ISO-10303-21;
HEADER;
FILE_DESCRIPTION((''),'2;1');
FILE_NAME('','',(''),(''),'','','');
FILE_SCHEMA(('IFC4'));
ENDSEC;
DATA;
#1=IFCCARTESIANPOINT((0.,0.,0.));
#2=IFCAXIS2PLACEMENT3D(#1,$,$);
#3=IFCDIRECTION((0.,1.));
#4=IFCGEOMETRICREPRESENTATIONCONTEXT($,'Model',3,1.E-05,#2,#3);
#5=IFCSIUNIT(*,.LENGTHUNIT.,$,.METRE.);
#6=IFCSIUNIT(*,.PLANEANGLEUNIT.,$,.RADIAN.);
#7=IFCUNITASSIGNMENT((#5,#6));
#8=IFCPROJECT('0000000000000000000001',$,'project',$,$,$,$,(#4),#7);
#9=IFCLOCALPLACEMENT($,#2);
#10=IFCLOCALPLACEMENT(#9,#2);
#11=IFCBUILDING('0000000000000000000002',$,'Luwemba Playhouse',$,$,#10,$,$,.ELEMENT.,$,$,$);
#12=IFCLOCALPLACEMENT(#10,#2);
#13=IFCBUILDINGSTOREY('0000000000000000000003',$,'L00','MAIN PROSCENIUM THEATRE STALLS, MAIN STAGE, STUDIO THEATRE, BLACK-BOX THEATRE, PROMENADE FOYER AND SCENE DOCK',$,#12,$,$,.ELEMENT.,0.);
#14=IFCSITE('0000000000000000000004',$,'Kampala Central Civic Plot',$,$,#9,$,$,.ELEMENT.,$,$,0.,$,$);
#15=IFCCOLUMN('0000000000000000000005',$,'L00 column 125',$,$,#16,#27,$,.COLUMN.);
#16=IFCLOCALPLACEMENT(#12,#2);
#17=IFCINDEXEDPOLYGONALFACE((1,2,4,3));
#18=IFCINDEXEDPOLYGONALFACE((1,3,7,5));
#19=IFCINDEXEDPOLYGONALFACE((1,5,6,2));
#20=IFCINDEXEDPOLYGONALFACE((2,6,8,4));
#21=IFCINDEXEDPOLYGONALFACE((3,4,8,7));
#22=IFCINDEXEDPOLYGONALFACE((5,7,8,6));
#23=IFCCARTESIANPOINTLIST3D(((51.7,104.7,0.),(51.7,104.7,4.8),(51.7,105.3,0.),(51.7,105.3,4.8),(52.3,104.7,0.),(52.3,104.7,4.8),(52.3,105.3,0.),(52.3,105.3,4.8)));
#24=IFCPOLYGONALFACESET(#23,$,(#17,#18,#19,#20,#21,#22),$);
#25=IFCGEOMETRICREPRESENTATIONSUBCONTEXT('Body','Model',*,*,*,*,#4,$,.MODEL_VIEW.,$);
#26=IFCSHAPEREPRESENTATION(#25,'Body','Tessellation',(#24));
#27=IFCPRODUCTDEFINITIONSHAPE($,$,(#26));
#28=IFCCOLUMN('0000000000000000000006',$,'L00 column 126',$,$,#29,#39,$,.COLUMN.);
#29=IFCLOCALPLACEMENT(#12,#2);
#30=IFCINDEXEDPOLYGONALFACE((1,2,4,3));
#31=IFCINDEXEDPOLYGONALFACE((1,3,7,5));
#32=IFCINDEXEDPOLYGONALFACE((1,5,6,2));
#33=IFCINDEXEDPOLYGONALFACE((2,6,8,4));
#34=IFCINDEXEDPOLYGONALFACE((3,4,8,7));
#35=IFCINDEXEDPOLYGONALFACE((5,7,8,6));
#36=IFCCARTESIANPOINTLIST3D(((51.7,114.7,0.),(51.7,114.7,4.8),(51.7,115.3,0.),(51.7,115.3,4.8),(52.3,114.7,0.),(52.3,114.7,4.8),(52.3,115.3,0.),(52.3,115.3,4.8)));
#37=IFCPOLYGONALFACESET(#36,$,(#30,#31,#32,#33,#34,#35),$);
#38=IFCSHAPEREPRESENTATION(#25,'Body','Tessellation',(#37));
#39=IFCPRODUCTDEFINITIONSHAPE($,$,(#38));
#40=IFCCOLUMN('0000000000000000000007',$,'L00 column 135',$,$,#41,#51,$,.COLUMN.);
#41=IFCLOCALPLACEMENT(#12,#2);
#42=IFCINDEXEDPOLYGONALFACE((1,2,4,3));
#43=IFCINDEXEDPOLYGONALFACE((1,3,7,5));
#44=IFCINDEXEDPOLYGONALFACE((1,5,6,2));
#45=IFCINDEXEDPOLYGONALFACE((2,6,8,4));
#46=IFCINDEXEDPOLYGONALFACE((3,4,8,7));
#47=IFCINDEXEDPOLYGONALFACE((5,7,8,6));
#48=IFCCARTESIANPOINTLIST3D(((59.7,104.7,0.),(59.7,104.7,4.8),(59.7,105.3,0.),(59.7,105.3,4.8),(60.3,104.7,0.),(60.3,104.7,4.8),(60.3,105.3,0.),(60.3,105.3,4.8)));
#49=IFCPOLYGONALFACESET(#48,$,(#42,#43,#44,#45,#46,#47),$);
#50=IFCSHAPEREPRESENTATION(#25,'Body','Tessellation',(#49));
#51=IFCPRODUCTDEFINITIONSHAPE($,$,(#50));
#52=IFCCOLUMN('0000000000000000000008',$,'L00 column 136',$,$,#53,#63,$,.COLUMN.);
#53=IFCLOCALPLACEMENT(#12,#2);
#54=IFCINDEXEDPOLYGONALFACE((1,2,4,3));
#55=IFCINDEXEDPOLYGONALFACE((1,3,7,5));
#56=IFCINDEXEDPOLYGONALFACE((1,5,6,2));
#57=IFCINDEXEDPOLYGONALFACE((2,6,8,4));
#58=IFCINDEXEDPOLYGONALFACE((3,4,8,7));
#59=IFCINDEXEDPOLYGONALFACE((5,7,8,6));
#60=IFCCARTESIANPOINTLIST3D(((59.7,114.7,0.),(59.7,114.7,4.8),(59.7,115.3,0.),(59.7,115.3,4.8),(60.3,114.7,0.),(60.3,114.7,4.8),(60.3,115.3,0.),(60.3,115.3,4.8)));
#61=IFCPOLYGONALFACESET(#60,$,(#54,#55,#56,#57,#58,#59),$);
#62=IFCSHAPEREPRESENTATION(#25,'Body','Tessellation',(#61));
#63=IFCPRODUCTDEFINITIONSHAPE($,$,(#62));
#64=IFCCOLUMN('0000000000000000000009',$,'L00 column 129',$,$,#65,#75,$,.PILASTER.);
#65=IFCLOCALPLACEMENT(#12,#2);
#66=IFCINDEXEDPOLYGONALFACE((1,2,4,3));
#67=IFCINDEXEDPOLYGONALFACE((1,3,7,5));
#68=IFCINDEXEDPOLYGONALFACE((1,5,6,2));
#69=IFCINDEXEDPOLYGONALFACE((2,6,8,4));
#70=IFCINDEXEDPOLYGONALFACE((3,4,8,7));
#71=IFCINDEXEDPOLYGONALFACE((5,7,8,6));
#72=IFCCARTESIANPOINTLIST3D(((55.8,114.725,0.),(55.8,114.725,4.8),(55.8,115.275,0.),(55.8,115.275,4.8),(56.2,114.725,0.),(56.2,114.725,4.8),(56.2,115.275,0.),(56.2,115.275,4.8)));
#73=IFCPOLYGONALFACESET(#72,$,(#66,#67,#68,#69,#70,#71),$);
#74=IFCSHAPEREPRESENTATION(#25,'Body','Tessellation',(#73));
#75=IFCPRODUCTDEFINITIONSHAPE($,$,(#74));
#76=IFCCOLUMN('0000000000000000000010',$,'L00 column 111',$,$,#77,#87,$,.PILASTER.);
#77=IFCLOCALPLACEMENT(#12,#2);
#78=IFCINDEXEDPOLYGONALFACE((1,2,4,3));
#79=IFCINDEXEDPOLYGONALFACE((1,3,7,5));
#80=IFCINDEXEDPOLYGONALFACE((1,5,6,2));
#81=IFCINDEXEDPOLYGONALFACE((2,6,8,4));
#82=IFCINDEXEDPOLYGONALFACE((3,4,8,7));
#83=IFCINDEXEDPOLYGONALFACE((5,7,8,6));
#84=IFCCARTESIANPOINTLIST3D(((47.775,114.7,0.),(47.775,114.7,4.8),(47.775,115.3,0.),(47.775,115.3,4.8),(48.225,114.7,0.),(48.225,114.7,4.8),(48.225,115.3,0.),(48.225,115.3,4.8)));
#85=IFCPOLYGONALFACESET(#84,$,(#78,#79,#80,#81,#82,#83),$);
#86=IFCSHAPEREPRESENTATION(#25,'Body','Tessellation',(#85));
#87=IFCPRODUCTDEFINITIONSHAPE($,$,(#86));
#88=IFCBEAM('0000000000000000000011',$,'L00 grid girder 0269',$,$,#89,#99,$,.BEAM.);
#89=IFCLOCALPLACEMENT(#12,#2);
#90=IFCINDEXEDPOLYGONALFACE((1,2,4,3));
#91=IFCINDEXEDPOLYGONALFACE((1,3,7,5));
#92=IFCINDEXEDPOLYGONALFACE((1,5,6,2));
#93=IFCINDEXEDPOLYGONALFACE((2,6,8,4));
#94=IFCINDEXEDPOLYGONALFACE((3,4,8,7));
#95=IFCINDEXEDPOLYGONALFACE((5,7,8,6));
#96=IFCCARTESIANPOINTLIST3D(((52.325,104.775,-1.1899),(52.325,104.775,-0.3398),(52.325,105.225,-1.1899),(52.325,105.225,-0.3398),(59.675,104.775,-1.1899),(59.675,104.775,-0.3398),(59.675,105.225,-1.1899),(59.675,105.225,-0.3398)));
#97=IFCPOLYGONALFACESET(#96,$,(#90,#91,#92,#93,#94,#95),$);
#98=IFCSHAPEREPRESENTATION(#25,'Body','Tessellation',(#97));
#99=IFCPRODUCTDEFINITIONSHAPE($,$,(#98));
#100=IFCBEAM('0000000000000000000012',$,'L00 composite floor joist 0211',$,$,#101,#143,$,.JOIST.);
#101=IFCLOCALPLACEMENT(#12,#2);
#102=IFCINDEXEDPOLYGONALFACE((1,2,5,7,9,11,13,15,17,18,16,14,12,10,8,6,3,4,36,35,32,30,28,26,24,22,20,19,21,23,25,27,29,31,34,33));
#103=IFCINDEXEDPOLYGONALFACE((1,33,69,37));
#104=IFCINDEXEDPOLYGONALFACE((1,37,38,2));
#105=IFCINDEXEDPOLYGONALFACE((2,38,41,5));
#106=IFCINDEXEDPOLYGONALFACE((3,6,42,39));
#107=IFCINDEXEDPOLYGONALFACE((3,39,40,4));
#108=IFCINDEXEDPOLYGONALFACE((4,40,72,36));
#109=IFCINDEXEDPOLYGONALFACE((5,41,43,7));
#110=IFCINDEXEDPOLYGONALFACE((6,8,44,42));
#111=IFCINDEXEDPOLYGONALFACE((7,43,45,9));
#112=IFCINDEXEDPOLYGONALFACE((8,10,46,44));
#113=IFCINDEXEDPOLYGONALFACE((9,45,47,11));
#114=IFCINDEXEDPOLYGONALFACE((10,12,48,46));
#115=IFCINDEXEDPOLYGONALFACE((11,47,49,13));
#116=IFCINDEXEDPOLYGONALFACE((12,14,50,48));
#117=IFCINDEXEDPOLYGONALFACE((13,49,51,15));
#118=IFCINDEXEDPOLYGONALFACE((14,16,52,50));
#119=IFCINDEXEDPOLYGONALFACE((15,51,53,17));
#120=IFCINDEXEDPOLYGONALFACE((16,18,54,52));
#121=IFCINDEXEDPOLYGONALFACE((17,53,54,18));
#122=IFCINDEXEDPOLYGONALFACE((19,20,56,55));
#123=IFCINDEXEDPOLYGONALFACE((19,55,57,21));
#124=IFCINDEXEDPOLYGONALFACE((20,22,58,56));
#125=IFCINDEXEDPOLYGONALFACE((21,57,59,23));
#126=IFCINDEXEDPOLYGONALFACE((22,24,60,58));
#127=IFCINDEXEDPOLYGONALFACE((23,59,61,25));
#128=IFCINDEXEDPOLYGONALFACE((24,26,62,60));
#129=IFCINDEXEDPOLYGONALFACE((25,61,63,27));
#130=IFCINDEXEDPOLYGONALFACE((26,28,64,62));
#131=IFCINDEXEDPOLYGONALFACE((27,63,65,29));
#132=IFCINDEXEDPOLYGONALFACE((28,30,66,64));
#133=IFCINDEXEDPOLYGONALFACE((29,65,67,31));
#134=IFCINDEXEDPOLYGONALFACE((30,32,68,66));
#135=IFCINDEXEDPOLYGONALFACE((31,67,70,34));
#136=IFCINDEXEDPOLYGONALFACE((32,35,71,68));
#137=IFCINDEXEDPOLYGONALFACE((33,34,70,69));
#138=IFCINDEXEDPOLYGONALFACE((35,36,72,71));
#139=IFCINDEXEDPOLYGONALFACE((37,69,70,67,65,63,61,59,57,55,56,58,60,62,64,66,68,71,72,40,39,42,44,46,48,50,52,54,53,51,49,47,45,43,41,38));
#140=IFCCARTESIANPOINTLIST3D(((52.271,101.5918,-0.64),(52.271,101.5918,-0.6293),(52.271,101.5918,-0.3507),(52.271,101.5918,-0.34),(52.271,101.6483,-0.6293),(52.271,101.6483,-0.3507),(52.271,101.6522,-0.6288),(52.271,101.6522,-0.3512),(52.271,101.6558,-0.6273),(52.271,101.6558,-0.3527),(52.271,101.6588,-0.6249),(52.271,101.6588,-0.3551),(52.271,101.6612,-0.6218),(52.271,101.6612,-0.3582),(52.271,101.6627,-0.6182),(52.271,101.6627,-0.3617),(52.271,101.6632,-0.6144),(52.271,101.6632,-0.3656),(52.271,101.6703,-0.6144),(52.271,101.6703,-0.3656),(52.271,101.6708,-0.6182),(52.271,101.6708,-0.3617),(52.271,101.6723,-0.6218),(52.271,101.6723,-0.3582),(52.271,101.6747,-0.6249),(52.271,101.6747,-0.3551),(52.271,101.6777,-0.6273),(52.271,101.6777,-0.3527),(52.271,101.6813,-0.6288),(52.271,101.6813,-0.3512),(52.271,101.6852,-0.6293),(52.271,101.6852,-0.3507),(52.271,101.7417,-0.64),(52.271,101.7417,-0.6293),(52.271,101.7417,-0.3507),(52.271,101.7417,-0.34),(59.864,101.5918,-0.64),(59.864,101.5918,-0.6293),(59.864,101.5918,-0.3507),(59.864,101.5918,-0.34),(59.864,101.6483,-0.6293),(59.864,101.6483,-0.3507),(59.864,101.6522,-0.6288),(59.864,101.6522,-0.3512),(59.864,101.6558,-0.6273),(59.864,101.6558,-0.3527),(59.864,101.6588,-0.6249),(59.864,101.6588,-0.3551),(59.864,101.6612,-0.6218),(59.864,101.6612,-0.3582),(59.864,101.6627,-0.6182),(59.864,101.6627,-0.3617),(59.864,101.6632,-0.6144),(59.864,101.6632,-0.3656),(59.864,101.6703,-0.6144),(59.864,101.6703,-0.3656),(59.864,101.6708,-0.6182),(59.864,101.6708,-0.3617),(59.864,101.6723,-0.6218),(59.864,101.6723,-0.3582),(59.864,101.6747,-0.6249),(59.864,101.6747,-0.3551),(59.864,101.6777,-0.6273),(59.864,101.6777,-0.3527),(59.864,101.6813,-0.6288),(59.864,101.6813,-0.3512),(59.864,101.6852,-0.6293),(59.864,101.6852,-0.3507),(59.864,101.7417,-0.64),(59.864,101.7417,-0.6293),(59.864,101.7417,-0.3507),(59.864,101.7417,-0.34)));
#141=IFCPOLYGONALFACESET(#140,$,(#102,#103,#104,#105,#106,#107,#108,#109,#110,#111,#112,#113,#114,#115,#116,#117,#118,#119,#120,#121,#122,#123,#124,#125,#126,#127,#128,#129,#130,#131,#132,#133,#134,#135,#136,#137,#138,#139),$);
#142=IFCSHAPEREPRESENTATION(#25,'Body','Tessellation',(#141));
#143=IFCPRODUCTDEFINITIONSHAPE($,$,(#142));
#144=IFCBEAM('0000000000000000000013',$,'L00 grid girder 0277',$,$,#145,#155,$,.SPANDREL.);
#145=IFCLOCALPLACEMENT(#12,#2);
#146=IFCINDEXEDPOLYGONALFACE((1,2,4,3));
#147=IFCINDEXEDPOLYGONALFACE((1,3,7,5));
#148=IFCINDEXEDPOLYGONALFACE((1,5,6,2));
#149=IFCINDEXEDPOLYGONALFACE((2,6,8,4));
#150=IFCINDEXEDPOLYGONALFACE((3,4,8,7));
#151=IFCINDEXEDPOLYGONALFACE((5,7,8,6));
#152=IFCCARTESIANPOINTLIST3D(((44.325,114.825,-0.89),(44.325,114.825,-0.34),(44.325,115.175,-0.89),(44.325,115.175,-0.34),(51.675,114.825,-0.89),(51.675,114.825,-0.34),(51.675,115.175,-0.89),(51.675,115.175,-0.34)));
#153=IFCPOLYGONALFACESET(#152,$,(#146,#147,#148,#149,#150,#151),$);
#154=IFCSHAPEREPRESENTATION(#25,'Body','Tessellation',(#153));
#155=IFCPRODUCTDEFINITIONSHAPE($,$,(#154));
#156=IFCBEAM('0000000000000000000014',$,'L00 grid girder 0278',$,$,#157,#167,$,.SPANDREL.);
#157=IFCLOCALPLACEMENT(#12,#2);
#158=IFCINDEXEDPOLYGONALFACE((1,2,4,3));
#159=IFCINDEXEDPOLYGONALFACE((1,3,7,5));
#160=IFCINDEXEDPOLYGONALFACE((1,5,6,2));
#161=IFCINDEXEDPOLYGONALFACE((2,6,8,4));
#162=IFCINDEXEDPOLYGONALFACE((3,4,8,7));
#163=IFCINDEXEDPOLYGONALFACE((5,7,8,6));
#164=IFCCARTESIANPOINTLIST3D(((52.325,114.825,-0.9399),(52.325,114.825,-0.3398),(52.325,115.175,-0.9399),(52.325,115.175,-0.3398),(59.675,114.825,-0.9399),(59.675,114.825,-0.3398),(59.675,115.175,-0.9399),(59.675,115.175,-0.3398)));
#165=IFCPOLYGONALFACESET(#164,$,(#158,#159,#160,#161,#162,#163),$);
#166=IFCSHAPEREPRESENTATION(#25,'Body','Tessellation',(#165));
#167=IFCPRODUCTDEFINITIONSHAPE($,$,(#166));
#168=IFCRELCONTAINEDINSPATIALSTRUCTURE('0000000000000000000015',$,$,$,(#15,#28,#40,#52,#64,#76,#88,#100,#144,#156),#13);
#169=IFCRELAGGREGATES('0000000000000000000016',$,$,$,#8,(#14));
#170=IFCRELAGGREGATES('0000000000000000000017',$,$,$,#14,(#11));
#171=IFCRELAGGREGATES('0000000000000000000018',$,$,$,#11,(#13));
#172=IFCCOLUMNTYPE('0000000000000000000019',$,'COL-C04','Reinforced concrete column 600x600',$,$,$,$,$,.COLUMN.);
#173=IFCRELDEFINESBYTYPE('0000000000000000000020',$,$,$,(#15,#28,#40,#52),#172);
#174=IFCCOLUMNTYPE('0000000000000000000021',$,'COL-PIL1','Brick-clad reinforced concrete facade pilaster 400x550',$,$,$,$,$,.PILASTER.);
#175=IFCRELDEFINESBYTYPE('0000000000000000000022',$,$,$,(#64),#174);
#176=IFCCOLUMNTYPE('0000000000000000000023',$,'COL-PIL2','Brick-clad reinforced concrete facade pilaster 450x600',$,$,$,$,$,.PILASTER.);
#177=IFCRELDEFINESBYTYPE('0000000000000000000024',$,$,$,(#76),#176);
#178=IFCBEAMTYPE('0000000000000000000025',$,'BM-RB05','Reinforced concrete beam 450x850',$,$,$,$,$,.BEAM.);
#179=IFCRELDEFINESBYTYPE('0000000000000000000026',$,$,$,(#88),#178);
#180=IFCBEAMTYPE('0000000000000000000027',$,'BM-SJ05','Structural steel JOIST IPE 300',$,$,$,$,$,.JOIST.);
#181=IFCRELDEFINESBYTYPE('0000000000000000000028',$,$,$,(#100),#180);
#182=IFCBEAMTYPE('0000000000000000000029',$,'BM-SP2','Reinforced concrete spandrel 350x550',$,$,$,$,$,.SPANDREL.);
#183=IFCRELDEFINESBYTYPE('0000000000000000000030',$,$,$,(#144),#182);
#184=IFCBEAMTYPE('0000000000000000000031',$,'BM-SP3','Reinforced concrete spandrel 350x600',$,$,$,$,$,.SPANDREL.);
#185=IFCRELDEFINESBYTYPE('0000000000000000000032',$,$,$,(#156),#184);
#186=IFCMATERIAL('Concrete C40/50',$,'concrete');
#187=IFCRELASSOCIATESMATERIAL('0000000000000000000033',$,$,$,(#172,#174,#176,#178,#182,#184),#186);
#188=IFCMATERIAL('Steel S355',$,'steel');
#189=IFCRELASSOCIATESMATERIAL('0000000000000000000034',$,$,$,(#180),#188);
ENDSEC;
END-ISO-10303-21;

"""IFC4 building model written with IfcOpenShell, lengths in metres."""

from ifc_helpers import new_model, si_unit, direction, frame, origin, origin_2d, place, context, subcontext, project, spatial, rectangle, i_section, extrude, material, material_profile, profile_set, type_object, element, save


model = new_model("IFC4")

# Units and contexts
model_context = context("Model", 3, precision=1e-05, world=origin(), true_north=direction((0.0, 1.0)))
body_context = subcontext(model_context, "Body", "Model", "MODEL_VIEW")
ifc_project = project(units=[si_unit("LENGTHUNIT", "METRE"), si_unit("PLANEANGLEUNIT", "RADIAN")], contexts=[model_context])

# Site, building, storey
site_placement = place(None, origin())
site = spatial("IfcSite", under=ifc_project, at=site_placement, Name="Kampala Central Civic Plot", CompositionType="ELEMENT", RefElevation=0.0)
building_placement = place(site_placement, origin())
building = spatial("IfcBuilding", under=site, at=building_placement, Name="Luwemba Playhouse", CompositionType="ELEMENT")
storey_placement = place(building_placement, origin())
storey = spatial("IfcBuildingStorey", under=building, at=storey_placement, Name="L00", Description="MAIN PROSCENIUM THEATRE STALLS, MAIN STAGE, STUDIO THEATRE, BLACK-BOX THEATRE, PROMENADE FOYER AND SCENE DOCK", CompositionType="ELEMENT", Elevation=0.0)

# Columns
ifc_material_1 = material(Name="Concrete C40/50", Category="concrete")
ifc_material_profile_1 = material_profile(ifc_material_1, rectangle(XDim=0.6001, YDim=0.6001, at=origin_2d()))
ifc_profile_set_1 = profile_set([ifc_material_profile_1], Name="Concrete C40/50")
column_type_1 = type_object("IfcColumnType", Name="COL-C04", Description="Reinforced concrete column 600x600", PredefinedType="COLUMN", material=ifc_profile_set_1)
for number, where, z_axis, x_axis, name in (
    (1, (52.0, 105.0, 0.0), (0.0, 0.0, 1.0), (1.0, 0.0, 0.0), "L00 column 125"),
    (2, (52.0, 115.0, 0.0), (0.0, 0.0, 1.0), (1.0, 0.0, 0.0), "L00 column 126"),
    (3, (60.0, 105.0, 0.0), (0.0, 0.0, 1.0), (1.0, 0.0, 0.0), "L00 column 135"),
    (4, (60.0, 115.0, 0.0), (0.0, 0.0, 1.0), (1.0, 0.0, 0.0), "L00 column 136"),
):
    element("IfcColumn", number, at=place(storey_placement, frame(where, z_axis=z_axis, x_axis=x_axis)), inside=storey, type_object=column_type_1, Name=name, PredefinedType="COLUMN", context=body_context, shape_type="SweptSolid", body=[
        extrude(rectangle(XDim=0.6001, YDim=0.6001, at=origin_2d()), origin(), (0.0, 0.0, 1.0), 4.8),
    ])
ifc_material_profile_2 = material_profile(ifc_material_1, rectangle(XDim=0.3999, YDim=0.55, at=origin_2d()))
ifc_profile_set_2 = profile_set([ifc_material_profile_2], Name="Concrete C40/50")
column_type_2 = type_object("IfcColumnType", Name="COL-PIL1", Description="Brick-clad reinforced concrete facade pilaster 400x550", PredefinedType="PILASTER", material=ifc_profile_set_2)
column_1_placement = place(storey_placement, frame((56.0, 115.0, 0.0), z_axis=(0.0, 0.0, 1.0), x_axis=(1.0, 0.0, 0.0)))
element("IfcColumn", 5, at=column_1_placement, inside=storey, type_object=column_type_2, Name="L00 column 129", PredefinedType="PILASTER", context=body_context, shape_type="SweptSolid", body=[
    extrude(rectangle(XDim=0.3999, YDim=0.55, at=origin_2d()), origin(), (0.0, 0.0, 1.0), 4.8),
])
ifc_material_profile_3 = material_profile(ifc_material_1, rectangle(XDim=0.45, YDim=0.6001, at=origin_2d()))
ifc_profile_set_3 = profile_set([ifc_material_profile_3], Name="Concrete C40/50")
column_type_3 = type_object("IfcColumnType", Name="COL-PIL2", Description="Brick-clad reinforced concrete facade pilaster 450x600", PredefinedType="PILASTER", material=ifc_profile_set_3)
column_2_placement = place(storey_placement, frame((48.0, 115.0, 0.0), z_axis=(0.0, 0.0, 1.0), x_axis=(1.0, 0.0, 0.0)))
element("IfcColumn", 6, at=column_2_placement, inside=storey, type_object=column_type_3, Name="L00 column 111", PredefinedType="PILASTER", context=body_context, shape_type="SweptSolid", body=[
    extrude(rectangle(XDim=0.45, YDim=0.6001, at=origin_2d()), origin(), (0.0, 0.0, 1.0), 4.8),
])

# Beams
ifc_material_profile_4 = material_profile(ifc_material_1, rectangle(XDim=0.45, YDim=0.8501, at=origin_2d()))
ifc_profile_set_4 = profile_set([ifc_material_profile_4], Name="Concrete C40/50")
beam_type_1 = type_object("IfcBeamType", Name="BM-RB05", Description="Reinforced concrete beam 450x850", PredefinedType="BEAM", material=ifc_profile_set_4)
beam_1_placement = place(storey_placement, frame((52.325, 105.0, -0.7649), z_axis=(1.0, 0.0, 0.0), x_axis=(0.0, 1.0, 0.0)))
element("IfcBeam", 7, at=beam_1_placement, inside=storey, type_object=beam_type_1, Name="L00 grid girder 0269", PredefinedType="BEAM", context=body_context, shape_type="SweptSolid", body=[
    extrude(rectangle(XDim=0.45, YDim=0.8501, at=origin_2d()), origin(), (0.0, 0.0, 1.0), 7.3501),
])
ifc_material_2 = material(Name="Steel S355", Category="steel")
ifc_material_profile_5 = material_profile(ifc_material_2, i_section(OverallWidth=0.1499, OverallDepth=0.3, WebThickness=0.0071, FlangeThickness=0.0107, FilletRadius=0.0149, at=origin_2d()))
ifc_profile_set_5 = profile_set([ifc_material_profile_5], Name="Steel S355")
beam_type_2 = type_object("IfcBeamType", Name="BM-SJ05", Description="Structural steel JOIST IPE 300", PredefinedType="JOIST", material=ifc_profile_set_5)
beam_2_placement = place(storey_placement, frame((52.271, 101.6667, -0.49), z_axis=(1.0, 0.0, 0.0), x_axis=(0.0, 1.0, 0.0)))
element("IfcBeam", 8, at=beam_2_placement, inside=storey, type_object=beam_type_2, Name="L00 composite floor joist 0211", PredefinedType="JOIST", context=body_context, shape_type="SweptSolid", body=[
    extrude(i_section(OverallWidth=0.1499, OverallDepth=0.3, WebThickness=0.0071, FlangeThickness=0.0107, FilletRadius=0.0149, at=origin_2d()), origin(), (0.0, 0.0, 1.0), 7.593),
])
ifc_material_profile_6 = material_profile(ifc_material_1, rectangle(XDim=0.3501, YDim=0.55, at=origin_2d()))
ifc_profile_set_6 = profile_set([ifc_material_profile_6], Name="Concrete C40/50")
beam_type_3 = type_object("IfcBeamType", Name="BM-SP2", Description="Reinforced concrete spandrel 350x550", PredefinedType="SPANDREL", material=ifc_profile_set_6)
beam_3_placement = place(storey_placement, frame((44.325, 115.0, -0.615), z_axis=(1.0, 0.0, 0.0), x_axis=(0.0, 1.0, 0.0)))
element("IfcBeam", 9, at=beam_3_placement, inside=storey, type_object=beam_type_3, Name="L00 grid girder 0277", PredefinedType="SPANDREL", context=body_context, shape_type="SweptSolid", body=[
    extrude(rectangle(XDim=0.3501, YDim=0.55, at=origin_2d()), origin(), (0.0, 0.0, 1.0), 7.3501),
])
ifc_material_profile_7 = material_profile(ifc_material_1, rectangle(XDim=0.3501, YDim=0.6001, at=origin_2d()))
ifc_profile_set_7 = profile_set([ifc_material_profile_7], Name="Concrete C40/50")
beam_type_4 = type_object("IfcBeamType", Name="BM-SP3", Description="Reinforced concrete spandrel 350x600", PredefinedType="SPANDREL", material=ifc_profile_set_7)
beam_4_placement = place(storey_placement, frame((52.325, 115.0, -0.6399), z_axis=(1.0, 0.0, 0.0), x_axis=(0.0, 1.0, 0.0)))
element("IfcBeam", 10, at=beam_4_placement, inside=storey, type_object=beam_type_4, Name="L00 grid girder 0278", PredefinedType="SPANDREL", context=body_context, shape_type="SweptSolid", body=[
    extrude(rectangle(XDim=0.3501, YDim=0.6001, at=origin_2d()), origin(), (0.0, 0.0, 1.0), 7.3501),
])

save(model, "model.ifc")
